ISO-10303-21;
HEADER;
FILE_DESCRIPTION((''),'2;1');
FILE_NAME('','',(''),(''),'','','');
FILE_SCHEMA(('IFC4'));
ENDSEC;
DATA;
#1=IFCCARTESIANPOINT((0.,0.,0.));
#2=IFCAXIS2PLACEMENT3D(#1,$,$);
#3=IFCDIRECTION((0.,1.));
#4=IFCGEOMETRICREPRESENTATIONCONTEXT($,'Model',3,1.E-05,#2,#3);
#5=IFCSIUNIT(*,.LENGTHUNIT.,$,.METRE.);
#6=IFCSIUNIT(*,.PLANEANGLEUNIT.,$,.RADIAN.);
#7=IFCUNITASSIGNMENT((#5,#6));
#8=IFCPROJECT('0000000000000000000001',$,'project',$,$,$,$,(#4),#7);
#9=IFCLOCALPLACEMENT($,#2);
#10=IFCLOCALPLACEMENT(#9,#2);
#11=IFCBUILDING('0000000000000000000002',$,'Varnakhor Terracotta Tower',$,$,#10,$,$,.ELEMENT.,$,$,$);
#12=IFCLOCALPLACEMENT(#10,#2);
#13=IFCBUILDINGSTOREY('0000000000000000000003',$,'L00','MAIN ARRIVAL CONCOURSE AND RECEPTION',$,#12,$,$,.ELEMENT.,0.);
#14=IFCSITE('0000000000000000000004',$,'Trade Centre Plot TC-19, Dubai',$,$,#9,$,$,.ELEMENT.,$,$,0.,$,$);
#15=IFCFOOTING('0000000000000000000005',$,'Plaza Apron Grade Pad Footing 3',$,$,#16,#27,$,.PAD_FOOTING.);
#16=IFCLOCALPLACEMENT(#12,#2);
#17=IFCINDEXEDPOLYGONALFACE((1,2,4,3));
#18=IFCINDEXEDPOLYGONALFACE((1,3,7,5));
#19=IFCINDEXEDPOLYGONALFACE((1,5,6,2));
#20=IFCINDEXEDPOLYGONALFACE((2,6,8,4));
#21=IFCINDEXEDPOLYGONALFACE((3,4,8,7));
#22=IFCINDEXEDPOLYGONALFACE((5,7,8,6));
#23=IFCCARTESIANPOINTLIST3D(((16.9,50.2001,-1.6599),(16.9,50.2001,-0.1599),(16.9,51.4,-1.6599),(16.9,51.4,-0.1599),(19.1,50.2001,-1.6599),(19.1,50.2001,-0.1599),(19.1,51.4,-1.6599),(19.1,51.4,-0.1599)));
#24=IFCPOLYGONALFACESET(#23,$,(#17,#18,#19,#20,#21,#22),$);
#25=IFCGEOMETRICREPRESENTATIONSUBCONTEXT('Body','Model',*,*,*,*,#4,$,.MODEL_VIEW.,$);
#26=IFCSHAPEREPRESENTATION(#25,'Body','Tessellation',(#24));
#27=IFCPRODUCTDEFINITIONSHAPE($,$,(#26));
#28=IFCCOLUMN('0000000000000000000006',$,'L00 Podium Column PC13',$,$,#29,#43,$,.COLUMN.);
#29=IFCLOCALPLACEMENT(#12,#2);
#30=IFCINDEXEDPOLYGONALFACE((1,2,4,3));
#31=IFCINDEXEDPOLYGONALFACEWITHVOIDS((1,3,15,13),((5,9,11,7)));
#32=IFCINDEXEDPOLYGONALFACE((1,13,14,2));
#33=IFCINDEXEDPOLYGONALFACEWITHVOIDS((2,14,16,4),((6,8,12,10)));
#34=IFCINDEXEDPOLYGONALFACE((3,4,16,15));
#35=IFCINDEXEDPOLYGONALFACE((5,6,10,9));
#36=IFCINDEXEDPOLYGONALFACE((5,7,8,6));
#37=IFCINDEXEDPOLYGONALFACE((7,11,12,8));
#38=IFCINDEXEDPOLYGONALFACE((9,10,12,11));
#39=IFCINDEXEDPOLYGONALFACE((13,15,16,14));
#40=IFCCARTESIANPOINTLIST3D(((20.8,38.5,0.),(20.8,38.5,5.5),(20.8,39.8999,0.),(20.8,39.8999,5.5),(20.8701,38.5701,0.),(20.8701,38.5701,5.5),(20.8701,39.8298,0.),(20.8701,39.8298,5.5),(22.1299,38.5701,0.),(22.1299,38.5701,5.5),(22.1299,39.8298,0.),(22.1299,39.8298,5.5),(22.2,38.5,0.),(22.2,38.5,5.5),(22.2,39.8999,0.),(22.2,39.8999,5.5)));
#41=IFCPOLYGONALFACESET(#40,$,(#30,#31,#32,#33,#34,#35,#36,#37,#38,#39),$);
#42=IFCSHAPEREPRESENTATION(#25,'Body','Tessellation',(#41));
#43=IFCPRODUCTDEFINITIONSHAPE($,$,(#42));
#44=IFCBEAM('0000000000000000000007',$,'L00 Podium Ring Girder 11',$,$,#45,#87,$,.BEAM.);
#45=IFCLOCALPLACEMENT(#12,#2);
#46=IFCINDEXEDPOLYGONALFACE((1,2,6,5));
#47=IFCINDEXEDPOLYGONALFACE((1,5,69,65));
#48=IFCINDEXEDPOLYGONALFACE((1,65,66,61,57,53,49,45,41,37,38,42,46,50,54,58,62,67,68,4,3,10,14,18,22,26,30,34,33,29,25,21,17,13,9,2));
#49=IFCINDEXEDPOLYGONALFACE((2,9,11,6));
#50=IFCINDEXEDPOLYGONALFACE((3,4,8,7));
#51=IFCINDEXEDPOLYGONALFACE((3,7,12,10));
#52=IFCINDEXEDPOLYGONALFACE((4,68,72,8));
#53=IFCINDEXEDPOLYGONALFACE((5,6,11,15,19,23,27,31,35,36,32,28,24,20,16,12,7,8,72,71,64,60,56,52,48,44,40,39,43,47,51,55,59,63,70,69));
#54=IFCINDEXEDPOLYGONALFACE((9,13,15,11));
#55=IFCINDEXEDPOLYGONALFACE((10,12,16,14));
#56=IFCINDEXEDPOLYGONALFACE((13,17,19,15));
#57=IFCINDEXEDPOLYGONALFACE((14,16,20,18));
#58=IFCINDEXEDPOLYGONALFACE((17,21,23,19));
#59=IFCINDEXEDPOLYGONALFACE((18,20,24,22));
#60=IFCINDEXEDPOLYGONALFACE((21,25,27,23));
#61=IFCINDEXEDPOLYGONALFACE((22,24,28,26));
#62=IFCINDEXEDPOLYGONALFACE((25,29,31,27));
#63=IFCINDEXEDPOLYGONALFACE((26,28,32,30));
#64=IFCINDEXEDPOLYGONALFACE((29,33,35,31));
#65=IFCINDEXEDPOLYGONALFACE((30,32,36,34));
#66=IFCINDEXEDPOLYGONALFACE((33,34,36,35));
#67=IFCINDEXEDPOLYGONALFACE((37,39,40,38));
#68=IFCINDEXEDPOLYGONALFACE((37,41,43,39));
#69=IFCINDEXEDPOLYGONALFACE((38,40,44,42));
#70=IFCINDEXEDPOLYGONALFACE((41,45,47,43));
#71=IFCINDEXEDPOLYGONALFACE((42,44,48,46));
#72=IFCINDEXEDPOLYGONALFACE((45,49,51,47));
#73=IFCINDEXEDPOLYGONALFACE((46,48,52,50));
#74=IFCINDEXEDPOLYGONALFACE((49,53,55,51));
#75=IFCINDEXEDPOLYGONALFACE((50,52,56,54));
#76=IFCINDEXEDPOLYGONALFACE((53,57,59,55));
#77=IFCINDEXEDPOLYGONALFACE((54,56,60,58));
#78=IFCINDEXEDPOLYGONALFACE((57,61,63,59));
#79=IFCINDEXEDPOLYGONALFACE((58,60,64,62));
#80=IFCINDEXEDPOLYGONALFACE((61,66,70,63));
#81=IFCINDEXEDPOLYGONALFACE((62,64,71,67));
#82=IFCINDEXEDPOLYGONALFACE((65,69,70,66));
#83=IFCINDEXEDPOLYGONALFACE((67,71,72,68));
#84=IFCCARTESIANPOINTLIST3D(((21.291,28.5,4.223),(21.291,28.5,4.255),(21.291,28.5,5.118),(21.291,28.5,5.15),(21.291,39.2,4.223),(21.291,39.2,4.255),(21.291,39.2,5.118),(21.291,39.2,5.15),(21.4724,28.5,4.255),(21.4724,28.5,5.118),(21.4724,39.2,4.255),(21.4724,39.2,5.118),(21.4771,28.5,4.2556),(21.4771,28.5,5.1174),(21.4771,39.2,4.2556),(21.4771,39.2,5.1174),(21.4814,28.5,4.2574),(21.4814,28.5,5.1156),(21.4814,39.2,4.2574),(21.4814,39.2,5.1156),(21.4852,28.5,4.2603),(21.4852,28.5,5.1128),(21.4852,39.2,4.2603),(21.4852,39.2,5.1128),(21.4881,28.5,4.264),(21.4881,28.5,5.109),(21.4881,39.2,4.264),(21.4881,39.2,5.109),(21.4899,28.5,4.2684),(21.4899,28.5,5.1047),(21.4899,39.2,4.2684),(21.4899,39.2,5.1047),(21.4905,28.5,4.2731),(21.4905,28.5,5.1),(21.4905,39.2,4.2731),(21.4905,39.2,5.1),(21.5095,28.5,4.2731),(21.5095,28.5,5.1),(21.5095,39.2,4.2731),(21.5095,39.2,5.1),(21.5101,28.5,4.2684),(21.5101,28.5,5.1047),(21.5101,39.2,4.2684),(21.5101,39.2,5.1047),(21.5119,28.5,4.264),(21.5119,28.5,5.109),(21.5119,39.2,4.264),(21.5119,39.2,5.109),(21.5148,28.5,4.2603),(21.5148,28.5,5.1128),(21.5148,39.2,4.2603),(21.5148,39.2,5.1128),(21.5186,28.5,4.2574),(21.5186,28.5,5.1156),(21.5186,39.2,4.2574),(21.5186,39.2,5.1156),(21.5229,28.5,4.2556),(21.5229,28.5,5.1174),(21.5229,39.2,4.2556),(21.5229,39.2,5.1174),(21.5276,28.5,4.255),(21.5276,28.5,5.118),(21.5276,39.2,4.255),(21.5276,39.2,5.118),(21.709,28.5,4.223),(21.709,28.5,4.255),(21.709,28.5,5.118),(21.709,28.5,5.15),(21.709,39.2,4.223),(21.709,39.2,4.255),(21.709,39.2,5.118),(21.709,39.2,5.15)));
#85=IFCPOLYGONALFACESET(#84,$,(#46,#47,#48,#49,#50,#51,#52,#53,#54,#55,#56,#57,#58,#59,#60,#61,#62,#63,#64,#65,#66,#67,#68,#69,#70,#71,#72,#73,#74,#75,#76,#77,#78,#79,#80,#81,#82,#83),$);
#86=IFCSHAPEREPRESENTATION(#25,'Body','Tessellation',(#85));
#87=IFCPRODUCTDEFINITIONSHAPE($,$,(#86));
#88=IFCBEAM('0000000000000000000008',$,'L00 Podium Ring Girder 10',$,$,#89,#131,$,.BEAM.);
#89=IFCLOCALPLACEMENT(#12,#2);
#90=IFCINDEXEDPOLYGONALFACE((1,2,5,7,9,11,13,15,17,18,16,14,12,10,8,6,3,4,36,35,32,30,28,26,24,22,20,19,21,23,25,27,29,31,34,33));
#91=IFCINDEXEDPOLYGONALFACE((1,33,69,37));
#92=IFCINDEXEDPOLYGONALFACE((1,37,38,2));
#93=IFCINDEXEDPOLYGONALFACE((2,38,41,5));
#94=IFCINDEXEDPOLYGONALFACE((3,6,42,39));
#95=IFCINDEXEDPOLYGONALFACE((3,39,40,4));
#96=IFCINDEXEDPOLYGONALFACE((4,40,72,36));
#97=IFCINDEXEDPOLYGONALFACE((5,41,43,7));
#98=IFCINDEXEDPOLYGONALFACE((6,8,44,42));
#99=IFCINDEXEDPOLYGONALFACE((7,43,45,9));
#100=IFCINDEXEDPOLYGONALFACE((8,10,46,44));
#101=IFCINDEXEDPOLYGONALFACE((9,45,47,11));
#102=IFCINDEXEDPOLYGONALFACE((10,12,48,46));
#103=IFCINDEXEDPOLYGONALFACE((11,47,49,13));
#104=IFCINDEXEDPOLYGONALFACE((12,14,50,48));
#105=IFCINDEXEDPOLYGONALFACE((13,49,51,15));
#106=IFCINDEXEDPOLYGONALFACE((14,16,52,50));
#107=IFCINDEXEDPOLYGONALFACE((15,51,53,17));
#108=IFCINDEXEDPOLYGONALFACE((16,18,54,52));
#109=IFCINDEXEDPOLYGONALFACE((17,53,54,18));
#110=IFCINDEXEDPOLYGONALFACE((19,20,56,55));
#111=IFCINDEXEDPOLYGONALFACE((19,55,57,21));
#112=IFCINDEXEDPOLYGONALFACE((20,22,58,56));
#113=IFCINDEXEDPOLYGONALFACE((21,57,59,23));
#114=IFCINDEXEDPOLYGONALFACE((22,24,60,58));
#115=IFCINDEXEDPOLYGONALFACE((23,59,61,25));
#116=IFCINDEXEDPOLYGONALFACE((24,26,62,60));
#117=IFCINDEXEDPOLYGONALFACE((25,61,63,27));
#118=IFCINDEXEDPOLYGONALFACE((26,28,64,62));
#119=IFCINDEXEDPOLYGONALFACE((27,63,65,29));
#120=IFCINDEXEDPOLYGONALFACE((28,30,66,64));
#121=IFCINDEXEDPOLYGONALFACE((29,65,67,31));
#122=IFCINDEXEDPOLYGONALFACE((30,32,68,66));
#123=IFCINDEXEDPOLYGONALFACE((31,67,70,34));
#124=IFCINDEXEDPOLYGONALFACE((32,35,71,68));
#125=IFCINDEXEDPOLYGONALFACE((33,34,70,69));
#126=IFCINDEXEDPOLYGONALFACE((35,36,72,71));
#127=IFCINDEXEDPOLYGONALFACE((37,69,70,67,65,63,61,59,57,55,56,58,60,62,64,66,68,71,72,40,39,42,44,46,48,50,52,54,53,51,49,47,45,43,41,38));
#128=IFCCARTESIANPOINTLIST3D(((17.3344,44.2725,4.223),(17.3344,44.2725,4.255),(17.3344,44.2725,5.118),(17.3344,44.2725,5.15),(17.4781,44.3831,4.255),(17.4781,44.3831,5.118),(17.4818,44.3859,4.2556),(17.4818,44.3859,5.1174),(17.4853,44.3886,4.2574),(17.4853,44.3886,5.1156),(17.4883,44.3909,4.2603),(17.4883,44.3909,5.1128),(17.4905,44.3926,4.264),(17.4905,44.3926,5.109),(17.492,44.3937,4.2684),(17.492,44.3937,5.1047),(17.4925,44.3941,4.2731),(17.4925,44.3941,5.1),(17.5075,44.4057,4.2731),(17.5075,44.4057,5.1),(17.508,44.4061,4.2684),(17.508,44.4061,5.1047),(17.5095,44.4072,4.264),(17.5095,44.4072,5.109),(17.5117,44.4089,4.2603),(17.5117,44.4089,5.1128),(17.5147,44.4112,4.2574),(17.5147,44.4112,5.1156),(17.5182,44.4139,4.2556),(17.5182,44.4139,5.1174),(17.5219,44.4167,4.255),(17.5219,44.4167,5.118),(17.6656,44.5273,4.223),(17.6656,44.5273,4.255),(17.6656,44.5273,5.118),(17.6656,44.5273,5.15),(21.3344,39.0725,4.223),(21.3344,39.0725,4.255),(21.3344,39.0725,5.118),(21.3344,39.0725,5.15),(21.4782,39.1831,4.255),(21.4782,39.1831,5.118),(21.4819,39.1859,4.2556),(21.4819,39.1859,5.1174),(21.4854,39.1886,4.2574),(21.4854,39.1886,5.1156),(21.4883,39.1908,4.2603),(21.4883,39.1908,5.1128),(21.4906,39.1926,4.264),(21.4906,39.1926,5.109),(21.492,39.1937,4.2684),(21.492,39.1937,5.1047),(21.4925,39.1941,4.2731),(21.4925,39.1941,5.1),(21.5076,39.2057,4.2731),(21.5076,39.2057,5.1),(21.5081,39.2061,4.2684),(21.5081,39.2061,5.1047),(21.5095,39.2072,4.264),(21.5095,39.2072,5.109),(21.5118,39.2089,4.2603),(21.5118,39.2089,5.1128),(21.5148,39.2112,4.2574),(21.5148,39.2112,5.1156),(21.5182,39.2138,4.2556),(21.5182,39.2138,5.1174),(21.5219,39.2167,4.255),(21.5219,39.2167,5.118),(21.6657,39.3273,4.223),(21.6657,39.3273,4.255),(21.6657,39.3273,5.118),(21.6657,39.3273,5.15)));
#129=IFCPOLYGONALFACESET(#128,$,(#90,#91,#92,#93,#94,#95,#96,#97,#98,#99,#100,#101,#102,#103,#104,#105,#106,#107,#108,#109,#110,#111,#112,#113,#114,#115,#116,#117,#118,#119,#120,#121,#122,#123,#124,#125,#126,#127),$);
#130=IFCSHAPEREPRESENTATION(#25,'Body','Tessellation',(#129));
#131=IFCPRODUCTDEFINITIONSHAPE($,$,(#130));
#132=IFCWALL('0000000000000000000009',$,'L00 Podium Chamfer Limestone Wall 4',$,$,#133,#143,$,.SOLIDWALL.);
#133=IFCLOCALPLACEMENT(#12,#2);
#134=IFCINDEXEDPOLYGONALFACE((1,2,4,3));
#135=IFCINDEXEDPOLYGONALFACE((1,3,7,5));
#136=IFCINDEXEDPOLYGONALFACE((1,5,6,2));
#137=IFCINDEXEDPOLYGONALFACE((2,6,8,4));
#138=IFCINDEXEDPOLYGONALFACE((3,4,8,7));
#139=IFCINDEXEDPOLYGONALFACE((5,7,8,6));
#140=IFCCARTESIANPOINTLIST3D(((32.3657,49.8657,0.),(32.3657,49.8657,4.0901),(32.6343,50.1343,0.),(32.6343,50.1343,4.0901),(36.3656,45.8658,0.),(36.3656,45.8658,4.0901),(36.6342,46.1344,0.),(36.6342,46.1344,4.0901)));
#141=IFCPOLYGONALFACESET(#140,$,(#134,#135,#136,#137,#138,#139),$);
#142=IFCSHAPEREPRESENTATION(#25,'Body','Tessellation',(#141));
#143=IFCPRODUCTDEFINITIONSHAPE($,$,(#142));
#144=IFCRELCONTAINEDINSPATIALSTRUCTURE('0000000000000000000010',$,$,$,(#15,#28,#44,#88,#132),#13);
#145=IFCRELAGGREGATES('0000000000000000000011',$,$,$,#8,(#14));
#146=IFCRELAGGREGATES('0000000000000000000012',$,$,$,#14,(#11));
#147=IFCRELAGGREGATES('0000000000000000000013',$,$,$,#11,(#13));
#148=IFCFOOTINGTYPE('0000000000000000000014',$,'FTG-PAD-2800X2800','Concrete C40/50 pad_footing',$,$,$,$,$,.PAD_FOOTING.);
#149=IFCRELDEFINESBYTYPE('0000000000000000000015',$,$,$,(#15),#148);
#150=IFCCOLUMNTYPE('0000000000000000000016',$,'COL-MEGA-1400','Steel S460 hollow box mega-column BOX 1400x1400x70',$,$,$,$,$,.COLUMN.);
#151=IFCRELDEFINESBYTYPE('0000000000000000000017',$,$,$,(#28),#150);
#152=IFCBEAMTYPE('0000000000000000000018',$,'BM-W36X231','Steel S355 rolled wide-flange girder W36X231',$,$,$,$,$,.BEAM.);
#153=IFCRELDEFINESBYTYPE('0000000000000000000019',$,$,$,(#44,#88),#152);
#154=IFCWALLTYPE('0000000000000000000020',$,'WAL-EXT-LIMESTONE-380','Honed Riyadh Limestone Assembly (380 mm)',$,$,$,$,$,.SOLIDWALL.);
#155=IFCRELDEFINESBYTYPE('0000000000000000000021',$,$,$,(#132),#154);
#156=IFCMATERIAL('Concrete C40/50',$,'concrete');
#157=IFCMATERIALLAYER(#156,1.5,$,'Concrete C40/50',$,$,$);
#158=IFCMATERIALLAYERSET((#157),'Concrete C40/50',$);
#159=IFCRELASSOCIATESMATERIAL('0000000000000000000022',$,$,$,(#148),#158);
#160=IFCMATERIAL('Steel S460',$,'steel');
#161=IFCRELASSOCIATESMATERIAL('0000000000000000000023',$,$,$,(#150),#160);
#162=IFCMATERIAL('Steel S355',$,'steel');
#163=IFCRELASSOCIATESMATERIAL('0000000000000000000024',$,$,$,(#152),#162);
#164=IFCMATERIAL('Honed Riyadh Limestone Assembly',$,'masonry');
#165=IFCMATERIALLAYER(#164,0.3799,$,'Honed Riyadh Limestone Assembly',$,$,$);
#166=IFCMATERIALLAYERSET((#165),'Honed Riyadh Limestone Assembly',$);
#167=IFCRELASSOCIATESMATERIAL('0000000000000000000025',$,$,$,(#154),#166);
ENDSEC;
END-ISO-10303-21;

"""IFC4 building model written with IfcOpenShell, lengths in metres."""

from ifc_helpers import new_model, si_unit, direction, frame, frame_2d, origin, origin_2d, place, context, subcontext, project, spatial, rectangle, hollow_rectangle, i_section, extrude, source, transform, mapped, material, layer, layer_set, material_profile, profile_set, type_object, element, save


model = new_model("IFC4")

# Units and contexts
model_context = context("Model", 3, precision=1e-05, world=origin(), true_north=direction((0.0, 1.0)))
body_context = subcontext(model_context, "Body", "Model", "MODEL_VIEW")
ifc_project = project(units=[si_unit("LENGTHUNIT", "METRE"), si_unit("PLANEANGLEUNIT", "RADIAN")], contexts=[model_context])

# Site, building, storey
site_placement = place(None, origin())
site = spatial("IfcSite", under=ifc_project, at=site_placement, Name="Trade Centre Plot TC-19, Dubai", CompositionType="ELEMENT", RefElevation=0.0)
building_placement = place(site_placement, origin())
building = spatial("IfcBuilding", under=site, at=building_placement, Name="Varnakhor Terracotta Tower", CompositionType="ELEMENT")
storey_placement = place(building_placement, origin())
storey = spatial("IfcBuildingStorey", under=building, at=storey_placement, Name="L00", Description="MAIN ARRIVAL CONCOURSE AND RECEPTION", CompositionType="ELEMENT", Elevation=0.0)

# Footing
ifc_material_1 = material(Name="Concrete C40/50", Category="concrete")
ifc_layer_1 = layer(ifc_material_1, 1.5, Name="Concrete C40/50")
ifc_layer_set_1 = layer_set([ifc_layer_1], Name="Concrete C40/50")
footing_type = type_object("IfcFootingType", Name="FTG-PAD-2800X2800", Description="Concrete C40/50 pad_footing", PredefinedType="PAD_FOOTING", material=ifc_layer_set_1)
shared_shape_1 = source(origin(), body_context, "Body", "SweptSolid", [
    extrude(rectangle(XDim=2.2, YDim=1.2, at=origin_2d()), origin(), (0.0, 0.0, 1.0), 1.5),
])
footing_placement = place(storey_placement, frame((18.0, 50.8, -1.6599), z_axis=(0.0, 0.0, 1.0), x_axis=(1.0, 0.0, 0.0)))
element("IfcFooting", 1, at=footing_placement, inside=storey, type_object=footing_type, Name="Plaza Apron Grade Pad Footing 3", PredefinedType="PAD_FOOTING", context=body_context, shape_type="MappedRepresentation", body=[
    mapped(shared_shape_1, transform((0.0, 0.0, 0.0), scale=1.0)),
])

# Column
ifc_material_2 = material(Name="Steel S460", Category="steel")
ifc_material_profile_1 = material_profile(ifc_material_2, hollow_rectangle(XDim=1.3999, YDim=1.3999, WallThickness=0.0701, at=origin_2d()), Name="BOX 1400x1400x70")
ifc_profile_set_1 = profile_set([ifc_material_profile_1], Name="Steel S460")
column_type = type_object("IfcColumnType", Name="COL-MEGA-1400", Description="Steel S460 hollow box mega-column BOX 1400x1400x70", PredefinedType="COLUMN", material=ifc_profile_set_1)
shared_shape_2 = source(origin(), body_context, "Body", "SweptSolid", [
    extrude(hollow_rectangle(XDim=1.3999, YDim=1.3999, WallThickness=0.0701, at=origin_2d()), origin(), (0.0, 0.0, 1.0), 5.5),
])
column_placement = place(storey_placement, frame((21.5, 39.2, 0.0), z_axis=(0.0, 0.0, 1.0), x_axis=(1.0, 0.0, 0.0)))
element("IfcColumn", 2, at=column_placement, inside=storey, type_object=column_type, Name="L00 Podium Column PC13", PredefinedType="COLUMN", context=body_context, shape_type="MappedRepresentation", body=[
    mapped(shared_shape_2, transform((0.0, 0.0, 0.0), scale=1.0)),
])

# Beams
ifc_material_3 = material(Name="Steel S355", Category="steel")
ifc_material_profile_2 = material_profile(ifc_material_3, i_section(OverallWidth=0.418, OverallDepth=0.927, WebThickness=0.019, FlangeThickness=0.032, FilletRadius=0.0181, at=origin_2d()), Name="W36X231")
ifc_profile_set_2 = profile_set([ifc_material_profile_2], Name="Steel S355")
beam_type = type_object("IfcBeamType", Name="BM-W36X231", Description="Steel S355 rolled wide-flange girder W36X231", PredefinedType="BEAM", material=ifc_profile_set_2)
shared_shape_3 = source(origin(), body_context, "Body", "SweptSolid", [
    extrude(i_section(OverallWidth=0.418, OverallDepth=0.927, WebThickness=0.019, FlangeThickness=0.032, FilletRadius=0.0181, at=origin_2d()), origin(), (0.0, 0.0, 1.0), 10.7),
])
beam_1_placement = place(storey_placement, frame((21.5, 39.2, 4.6865), z_axis=(0.0, -1.0, 0.0), x_axis=(1.0, 0.0, 0.0)))
element("IfcBeam", 3, at=beam_1_placement, inside=storey, type_object=beam_type, Name="L00 Podium Ring Girder 11", PredefinedType="BEAM", context=body_context, shape_type="MappedRepresentation", body=[
    mapped(shared_shape_3, transform((0.0, 0.0, 0.0), scale=1.0)),
])
shared_shape_4 = source(origin(), body_context, "Body", "SweptSolid", [
    extrude(i_section(OverallWidth=0.418, OverallDepth=0.927, WebThickness=0.019, FlangeThickness=0.032, FilletRadius=0.0181, at=origin_2d()), origin(), (0.0, 0.0, 1.0), 6.5605),
])
beam_2_placement = place(storey_placement, frame((17.5, 44.3999, 4.6865), z_axis=(0.609714, -0.792621, 0.0), x_axis=(0.792621, 0.609714, 0.0)))
element("IfcBeam", 4, at=beam_2_placement, inside=storey, type_object=beam_type, Name="L00 Podium Ring Girder 10", PredefinedType="BEAM", context=body_context, shape_type="MappedRepresentation", body=[
    mapped(shared_shape_4, transform((0.0, 0.0, 0.0), scale=1.0)),
])

# Wall
ifc_material_4 = material(Name="Honed Riyadh Limestone Assembly", Category="masonry")
ifc_layer_2 = layer(ifc_material_4, 0.3799, Name="Honed Riyadh Limestone Assembly")
ifc_layer_set_2 = layer_set([ifc_layer_2], Name="Honed Riyadh Limestone Assembly")
wall_type_1 = type_object("IfcWallType", Name="WAL-EXT-LIMESTONE-380", Description="Honed Riyadh Limestone Assembly (380 mm)", PredefinedType="SOLIDWALL", material=ifc_layer_set_2)
wall_1_placement = place(storey_placement, frame((32.5, 50.0, 0.0), z_axis=(0.0, 0.0, 1.0), x_axis=(0.707107, -0.707107, 0.0)))
element("IfcWall", 5, at=wall_1_placement, inside=storey, type_object=wall_type_1, Name="L00 Podium Chamfer Limestone Wall 4", PredefinedType="SOLIDWALL", context=body_context, shape_type="SweptSolid", body=[
    extrude(rectangle(XDim=5.6567, YDim=0.3799, at=frame_2d((2.8284, 0.0))), origin(), (0.0, 0.0, 1.0), 4.0901),
])

save(model, "model.ifc")
